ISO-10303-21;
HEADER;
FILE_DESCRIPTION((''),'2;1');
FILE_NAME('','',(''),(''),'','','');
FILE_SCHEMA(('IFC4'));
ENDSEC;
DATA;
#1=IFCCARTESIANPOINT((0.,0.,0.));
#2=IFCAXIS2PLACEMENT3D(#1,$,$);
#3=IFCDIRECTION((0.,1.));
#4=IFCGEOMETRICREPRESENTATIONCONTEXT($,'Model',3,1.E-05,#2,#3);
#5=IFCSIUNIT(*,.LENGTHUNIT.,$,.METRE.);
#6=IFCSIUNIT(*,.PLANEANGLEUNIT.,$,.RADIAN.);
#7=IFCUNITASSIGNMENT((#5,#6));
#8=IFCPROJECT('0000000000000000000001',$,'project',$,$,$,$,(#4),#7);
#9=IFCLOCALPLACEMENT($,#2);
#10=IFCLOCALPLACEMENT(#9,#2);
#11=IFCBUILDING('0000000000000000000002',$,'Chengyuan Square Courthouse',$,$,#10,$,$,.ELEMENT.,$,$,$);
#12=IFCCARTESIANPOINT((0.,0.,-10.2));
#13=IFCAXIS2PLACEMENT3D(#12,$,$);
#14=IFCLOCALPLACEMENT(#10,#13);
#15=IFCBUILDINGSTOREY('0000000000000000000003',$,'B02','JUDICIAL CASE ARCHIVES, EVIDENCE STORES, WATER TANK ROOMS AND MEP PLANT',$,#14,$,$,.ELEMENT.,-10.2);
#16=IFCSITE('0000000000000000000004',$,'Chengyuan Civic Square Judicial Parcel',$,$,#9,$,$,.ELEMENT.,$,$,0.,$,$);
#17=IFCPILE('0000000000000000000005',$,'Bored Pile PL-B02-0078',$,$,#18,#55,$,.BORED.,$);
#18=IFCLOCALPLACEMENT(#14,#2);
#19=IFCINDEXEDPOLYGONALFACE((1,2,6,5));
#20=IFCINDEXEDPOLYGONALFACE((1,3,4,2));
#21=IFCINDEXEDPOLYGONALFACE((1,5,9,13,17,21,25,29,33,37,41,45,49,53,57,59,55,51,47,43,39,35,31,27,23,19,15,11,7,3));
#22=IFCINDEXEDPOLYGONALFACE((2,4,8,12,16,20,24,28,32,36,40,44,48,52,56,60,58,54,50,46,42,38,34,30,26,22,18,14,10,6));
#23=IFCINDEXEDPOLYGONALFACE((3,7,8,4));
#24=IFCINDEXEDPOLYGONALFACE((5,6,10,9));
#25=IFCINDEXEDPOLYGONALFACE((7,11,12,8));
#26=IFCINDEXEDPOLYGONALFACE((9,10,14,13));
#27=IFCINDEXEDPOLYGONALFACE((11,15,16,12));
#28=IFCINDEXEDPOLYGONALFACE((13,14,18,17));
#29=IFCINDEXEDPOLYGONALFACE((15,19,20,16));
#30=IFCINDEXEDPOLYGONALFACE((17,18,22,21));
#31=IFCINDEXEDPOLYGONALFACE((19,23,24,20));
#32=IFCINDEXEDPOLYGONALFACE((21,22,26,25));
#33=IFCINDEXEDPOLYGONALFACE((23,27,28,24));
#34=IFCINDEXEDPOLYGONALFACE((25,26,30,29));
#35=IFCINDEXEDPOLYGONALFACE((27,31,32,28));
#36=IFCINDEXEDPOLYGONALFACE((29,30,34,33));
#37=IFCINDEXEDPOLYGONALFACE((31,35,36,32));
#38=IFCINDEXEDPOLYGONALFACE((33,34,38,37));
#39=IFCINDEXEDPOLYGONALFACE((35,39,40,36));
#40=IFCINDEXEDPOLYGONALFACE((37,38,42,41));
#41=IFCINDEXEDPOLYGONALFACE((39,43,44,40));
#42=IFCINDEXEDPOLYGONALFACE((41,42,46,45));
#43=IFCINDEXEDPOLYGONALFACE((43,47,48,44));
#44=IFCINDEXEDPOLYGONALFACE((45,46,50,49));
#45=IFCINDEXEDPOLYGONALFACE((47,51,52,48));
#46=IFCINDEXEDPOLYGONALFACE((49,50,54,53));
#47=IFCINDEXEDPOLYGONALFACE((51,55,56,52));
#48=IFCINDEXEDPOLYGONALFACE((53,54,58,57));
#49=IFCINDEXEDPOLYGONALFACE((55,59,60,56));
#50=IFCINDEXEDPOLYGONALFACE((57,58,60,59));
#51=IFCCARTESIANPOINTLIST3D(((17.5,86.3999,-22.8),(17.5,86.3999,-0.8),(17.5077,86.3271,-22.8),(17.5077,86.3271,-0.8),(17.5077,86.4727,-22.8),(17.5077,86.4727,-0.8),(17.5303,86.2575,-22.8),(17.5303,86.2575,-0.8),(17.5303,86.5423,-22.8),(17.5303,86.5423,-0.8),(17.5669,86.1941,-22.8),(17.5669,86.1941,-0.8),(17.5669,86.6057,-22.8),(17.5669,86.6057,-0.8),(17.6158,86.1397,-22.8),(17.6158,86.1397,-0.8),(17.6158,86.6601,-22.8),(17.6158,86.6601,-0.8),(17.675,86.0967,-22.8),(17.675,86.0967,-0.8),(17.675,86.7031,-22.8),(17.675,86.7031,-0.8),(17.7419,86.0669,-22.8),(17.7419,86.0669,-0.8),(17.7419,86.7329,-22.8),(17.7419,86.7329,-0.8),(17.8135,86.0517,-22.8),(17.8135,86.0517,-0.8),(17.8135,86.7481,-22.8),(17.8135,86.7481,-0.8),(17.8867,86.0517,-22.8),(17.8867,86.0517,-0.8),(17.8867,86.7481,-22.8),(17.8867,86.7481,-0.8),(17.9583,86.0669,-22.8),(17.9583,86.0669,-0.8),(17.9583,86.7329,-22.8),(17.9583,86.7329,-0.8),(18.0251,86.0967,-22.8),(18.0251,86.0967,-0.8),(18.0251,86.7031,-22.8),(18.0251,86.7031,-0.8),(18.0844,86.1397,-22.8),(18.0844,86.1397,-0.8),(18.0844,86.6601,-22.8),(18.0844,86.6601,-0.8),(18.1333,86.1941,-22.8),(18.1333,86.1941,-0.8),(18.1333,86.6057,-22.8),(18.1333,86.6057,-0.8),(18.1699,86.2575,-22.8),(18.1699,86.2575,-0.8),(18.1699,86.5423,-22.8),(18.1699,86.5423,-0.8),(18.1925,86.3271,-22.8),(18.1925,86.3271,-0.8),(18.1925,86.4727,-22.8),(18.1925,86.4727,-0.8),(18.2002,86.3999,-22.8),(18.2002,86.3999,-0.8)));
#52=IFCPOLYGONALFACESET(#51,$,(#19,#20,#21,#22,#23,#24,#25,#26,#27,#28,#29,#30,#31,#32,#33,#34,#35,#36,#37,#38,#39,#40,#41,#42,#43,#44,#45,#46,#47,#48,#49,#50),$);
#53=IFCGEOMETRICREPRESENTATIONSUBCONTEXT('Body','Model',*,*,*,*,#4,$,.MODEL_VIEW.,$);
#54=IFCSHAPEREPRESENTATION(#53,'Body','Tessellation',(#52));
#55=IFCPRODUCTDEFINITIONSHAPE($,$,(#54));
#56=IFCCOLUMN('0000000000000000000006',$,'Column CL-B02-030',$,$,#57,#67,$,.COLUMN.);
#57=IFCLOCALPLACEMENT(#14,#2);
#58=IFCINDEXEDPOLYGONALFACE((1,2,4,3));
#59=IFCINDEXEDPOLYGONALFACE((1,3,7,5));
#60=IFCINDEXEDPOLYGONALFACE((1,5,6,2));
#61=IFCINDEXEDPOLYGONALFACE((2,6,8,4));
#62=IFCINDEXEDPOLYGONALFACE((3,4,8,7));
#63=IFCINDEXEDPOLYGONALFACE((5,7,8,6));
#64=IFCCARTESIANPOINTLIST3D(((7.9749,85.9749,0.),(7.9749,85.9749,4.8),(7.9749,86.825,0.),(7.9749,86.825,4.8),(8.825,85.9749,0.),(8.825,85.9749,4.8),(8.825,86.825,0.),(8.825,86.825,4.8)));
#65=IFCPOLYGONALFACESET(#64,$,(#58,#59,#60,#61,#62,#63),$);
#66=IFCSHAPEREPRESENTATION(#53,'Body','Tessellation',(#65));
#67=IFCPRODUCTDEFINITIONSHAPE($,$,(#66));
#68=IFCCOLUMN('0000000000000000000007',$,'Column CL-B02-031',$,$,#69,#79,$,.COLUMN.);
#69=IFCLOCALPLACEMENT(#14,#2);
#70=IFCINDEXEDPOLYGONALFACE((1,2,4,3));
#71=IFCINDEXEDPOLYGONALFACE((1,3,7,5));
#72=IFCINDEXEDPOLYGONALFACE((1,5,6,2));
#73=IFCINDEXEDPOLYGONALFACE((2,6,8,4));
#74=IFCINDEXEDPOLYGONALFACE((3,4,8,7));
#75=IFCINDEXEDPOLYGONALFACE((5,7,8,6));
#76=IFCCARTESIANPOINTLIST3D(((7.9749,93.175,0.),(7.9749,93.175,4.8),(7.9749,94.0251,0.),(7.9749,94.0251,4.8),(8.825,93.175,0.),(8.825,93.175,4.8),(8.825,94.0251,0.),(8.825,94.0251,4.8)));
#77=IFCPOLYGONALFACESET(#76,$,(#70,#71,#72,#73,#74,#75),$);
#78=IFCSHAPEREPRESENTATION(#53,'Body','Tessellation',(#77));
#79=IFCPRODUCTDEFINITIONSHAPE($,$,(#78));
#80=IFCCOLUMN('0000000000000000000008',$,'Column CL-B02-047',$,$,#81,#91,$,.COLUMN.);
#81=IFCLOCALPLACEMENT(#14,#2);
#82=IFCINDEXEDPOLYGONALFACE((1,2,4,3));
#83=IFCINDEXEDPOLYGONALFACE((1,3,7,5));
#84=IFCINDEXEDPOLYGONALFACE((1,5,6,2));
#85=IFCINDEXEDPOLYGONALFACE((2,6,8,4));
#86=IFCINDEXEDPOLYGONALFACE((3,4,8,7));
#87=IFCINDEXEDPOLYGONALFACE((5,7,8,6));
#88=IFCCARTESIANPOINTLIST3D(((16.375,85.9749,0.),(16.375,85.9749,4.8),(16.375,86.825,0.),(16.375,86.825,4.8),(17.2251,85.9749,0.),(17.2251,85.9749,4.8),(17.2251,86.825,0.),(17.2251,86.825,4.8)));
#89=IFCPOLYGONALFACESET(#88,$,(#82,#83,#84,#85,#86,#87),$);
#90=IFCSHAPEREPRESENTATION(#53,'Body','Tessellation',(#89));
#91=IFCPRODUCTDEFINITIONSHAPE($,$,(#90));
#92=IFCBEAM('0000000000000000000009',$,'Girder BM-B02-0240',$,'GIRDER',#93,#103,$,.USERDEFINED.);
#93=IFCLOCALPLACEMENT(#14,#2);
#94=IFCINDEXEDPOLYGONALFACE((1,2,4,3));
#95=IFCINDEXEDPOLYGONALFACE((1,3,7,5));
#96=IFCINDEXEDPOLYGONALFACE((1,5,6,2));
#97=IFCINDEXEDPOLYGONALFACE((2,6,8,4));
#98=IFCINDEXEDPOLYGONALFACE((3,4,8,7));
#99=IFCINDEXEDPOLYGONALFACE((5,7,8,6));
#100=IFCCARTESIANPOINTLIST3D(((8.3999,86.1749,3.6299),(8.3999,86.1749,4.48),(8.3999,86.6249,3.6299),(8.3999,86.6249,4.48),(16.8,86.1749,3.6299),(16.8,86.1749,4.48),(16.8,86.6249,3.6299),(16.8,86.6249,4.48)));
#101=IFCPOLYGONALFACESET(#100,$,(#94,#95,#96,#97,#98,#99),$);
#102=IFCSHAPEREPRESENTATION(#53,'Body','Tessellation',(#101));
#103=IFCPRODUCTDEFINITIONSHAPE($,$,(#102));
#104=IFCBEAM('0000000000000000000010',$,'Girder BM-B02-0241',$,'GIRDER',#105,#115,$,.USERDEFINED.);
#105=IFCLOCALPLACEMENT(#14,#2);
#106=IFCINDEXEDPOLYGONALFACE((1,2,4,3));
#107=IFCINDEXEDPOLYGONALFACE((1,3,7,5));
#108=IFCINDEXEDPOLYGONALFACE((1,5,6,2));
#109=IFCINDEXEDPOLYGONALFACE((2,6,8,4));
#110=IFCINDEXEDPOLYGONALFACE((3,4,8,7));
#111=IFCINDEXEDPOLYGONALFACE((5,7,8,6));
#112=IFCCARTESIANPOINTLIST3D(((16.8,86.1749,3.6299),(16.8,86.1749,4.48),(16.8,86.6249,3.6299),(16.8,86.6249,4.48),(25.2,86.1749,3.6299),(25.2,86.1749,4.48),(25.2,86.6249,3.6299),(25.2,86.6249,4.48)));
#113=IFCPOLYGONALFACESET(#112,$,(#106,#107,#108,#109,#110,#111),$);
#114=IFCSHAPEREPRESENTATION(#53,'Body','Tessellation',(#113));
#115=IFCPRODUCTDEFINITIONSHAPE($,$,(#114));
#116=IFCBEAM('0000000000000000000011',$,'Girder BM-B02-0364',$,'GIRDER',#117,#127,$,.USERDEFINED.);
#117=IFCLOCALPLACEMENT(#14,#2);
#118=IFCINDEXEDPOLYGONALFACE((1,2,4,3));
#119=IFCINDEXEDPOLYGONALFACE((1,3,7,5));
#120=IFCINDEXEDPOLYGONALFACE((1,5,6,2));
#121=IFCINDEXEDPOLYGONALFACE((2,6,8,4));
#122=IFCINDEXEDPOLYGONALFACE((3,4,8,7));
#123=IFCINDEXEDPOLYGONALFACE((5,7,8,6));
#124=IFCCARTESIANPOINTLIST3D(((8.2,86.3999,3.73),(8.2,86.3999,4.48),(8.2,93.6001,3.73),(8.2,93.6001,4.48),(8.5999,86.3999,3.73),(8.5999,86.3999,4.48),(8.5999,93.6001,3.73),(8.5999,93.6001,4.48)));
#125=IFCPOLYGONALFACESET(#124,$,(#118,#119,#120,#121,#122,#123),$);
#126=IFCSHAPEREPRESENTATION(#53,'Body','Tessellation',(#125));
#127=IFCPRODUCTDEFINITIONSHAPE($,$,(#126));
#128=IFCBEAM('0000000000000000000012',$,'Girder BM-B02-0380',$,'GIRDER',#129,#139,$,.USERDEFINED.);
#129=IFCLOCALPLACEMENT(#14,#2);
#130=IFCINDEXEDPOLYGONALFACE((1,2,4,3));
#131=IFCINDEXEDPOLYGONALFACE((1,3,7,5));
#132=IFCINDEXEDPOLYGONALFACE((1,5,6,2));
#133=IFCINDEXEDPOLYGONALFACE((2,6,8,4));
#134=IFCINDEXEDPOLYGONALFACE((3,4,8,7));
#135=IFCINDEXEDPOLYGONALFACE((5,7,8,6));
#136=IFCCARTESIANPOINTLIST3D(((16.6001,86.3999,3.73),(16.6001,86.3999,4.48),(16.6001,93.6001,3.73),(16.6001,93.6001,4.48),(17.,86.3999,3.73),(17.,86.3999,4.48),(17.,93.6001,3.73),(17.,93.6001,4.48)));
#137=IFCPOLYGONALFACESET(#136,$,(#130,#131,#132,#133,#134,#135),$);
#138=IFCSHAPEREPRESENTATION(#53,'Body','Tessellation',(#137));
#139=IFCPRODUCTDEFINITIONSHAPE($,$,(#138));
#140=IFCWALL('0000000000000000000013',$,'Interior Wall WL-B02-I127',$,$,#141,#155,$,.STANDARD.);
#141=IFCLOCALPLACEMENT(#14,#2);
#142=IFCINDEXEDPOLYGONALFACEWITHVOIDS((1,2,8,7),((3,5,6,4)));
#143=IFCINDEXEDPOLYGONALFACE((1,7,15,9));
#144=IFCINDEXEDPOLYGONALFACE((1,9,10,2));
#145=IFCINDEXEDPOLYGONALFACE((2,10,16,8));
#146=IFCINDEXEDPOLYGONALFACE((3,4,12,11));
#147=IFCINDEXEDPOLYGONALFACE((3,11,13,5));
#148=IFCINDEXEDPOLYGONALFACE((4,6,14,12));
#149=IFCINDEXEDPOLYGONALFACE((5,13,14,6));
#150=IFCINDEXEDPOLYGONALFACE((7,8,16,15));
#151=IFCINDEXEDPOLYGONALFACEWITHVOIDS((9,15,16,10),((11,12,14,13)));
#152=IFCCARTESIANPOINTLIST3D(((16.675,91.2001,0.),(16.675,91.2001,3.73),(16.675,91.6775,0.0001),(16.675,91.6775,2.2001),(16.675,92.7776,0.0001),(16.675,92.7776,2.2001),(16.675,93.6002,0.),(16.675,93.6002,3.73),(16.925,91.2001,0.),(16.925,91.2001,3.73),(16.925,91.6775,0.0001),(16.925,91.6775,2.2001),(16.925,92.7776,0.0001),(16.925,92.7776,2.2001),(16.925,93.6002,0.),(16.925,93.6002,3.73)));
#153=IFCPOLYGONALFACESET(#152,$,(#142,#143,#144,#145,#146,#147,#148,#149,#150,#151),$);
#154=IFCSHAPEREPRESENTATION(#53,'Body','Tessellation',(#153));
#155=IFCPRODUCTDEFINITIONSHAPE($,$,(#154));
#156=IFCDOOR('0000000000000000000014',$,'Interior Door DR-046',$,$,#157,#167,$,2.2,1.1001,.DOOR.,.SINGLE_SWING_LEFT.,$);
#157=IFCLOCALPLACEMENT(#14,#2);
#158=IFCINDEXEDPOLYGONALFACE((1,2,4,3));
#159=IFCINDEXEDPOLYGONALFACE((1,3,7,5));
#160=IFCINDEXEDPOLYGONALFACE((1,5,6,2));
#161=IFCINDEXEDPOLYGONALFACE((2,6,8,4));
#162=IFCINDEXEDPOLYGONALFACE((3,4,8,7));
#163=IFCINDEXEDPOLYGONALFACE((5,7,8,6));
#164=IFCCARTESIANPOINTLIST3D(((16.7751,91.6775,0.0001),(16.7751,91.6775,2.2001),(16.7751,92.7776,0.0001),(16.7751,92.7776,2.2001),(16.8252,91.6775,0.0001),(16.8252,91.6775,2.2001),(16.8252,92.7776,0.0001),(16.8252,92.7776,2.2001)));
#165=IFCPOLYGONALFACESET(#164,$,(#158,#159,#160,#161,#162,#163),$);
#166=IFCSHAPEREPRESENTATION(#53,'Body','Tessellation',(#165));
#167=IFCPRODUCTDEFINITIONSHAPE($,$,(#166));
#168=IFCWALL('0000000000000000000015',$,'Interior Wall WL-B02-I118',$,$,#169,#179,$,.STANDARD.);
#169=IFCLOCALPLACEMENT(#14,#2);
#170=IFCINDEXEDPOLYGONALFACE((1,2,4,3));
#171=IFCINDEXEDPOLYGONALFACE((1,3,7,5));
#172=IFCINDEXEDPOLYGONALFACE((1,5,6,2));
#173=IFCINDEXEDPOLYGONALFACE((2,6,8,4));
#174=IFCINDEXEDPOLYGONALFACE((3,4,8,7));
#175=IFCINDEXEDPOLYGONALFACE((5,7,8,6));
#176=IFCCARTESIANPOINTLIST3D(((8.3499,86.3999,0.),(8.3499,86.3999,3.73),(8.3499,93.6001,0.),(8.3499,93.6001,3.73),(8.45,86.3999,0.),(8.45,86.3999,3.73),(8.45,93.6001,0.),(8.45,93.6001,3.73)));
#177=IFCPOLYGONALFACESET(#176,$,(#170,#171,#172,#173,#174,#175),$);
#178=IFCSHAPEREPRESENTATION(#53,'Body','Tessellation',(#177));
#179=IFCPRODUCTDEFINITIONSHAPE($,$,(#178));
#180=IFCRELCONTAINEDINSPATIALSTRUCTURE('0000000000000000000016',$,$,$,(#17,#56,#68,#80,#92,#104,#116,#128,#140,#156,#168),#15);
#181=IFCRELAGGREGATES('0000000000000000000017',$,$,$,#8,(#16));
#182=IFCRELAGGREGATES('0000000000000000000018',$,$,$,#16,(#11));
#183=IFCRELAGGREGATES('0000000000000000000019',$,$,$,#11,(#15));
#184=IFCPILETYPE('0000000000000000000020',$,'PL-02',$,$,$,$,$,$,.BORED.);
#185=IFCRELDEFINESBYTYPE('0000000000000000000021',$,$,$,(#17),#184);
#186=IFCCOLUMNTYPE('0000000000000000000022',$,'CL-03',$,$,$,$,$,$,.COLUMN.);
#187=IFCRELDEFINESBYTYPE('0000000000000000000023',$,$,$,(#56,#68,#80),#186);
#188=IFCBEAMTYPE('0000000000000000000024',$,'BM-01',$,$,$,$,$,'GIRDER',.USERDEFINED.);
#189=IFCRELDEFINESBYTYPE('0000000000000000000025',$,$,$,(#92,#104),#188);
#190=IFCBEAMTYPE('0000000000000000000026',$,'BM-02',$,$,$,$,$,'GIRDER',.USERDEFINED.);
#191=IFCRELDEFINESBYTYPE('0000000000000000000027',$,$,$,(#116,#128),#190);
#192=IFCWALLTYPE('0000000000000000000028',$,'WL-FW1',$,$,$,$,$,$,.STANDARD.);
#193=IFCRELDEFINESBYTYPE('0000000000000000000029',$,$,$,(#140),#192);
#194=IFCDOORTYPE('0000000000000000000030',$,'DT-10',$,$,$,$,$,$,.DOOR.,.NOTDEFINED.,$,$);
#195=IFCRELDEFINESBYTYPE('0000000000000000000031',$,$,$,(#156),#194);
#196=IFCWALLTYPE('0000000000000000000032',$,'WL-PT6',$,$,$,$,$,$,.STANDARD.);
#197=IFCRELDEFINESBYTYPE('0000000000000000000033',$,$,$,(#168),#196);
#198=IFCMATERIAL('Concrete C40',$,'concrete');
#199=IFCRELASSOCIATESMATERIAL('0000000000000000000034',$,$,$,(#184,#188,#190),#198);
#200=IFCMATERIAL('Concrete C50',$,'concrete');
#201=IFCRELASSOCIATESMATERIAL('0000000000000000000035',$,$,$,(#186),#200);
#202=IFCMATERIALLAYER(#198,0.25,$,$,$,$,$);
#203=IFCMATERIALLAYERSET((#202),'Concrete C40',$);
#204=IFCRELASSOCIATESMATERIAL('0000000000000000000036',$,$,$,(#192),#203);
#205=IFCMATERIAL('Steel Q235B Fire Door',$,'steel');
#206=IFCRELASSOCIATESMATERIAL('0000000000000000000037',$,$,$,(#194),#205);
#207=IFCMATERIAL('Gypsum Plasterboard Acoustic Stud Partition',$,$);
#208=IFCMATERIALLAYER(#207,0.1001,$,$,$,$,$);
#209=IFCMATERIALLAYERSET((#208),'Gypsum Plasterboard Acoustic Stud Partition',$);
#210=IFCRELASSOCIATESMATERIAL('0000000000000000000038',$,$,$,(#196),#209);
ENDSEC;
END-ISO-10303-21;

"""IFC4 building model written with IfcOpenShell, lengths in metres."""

from ifc_helpers import new_model, si_unit, direction, frame, frame_2d, origin, origin_2d, place, context, subcontext, project, spatial, rectangle, circle, extrude, material, layer, layer_set, material_profile, profile_set, type_object, element, fill, save


model = new_model("IFC4")

# Units and contexts
model_context = context("Model", 3, precision=1e-05, world=origin(), true_north=direction((0.0, 1.0)))
body_context = subcontext(model_context, "Body", "Model", "MODEL_VIEW")
ifc_project = project(units=[si_unit("LENGTHUNIT", "METRE"), si_unit("PLANEANGLEUNIT", "RADIAN")], contexts=[model_context])

# Site, building, storey
site_placement = place(None, origin())
site = spatial("IfcSite", under=ifc_project, at=site_placement, Name="Chengyuan Civic Square Judicial Parcel", CompositionType="ELEMENT", RefElevation=0.0)
building_placement = place(site_placement, origin())
building = spatial("IfcBuilding", under=site, at=building_placement, Name="Chengyuan Square Courthouse", CompositionType="ELEMENT")
storey_placement = place(building_placement, frame((0.0, 0.0, -10.2)))
storey = spatial("IfcBuildingStorey", under=building, at=storey_placement, Name="B02", Description="JUDICIAL CASE ARCHIVES, EVIDENCE STORES, WATER TANK ROOMS AND MEP PLANT", CompositionType="ELEMENT", Elevation=-10.2)

# Shared definitions
ifc_material_1 = material(Name="Concrete C40", Category="concrete")

# Pile
ifc_material_profile_1 = material_profile(ifc_material_1, circle(Radius=0.3501, at=origin_2d()), Name="BORED PILE D700")
ifc_profile_set_1 = profile_set([ifc_material_profile_1], Name="Concrete C40")
pile_type = type_object("IfcPileType", Name="PL-02", PredefinedType="BORED", material=ifc_profile_set_1)
for number, where, z_axis, x_axis, name in (
    (1, (17.8501, 86.3999, -0.8), (0.0, 0.0, -1.0), (1.0, 0.0, 0.0), "Bored Pile PL-B02-0078"),
):
    element("IfcPile", number, at=place(storey_placement, frame(where, z_axis=z_axis, x_axis=x_axis)), inside=storey, type_object=pile_type, Name=name, PredefinedType="BORED", context=body_context, shape_type="SweptSolid", body=[
        extrude(circle(Radius=0.3501, at=origin_2d()), origin(), (0.0, 0.0, 1.0), 22.0),
    ])

# Columns
ifc_material_2 = material(Name="Concrete C50", Category="concrete")
ifc_material_profile_2 = material_profile(ifc_material_2, rectangle(XDim=0.8501, YDim=0.8501, at=origin_2d()), Name="RC-COL-850x850")
ifc_profile_set_2 = profile_set([ifc_material_profile_2], Name="Concrete C50")
column_type = type_object("IfcColumnType", Name="CL-03", PredefinedType="COLUMN", material=ifc_profile_set_2)
for number, where, z_axis, x_axis, name in (
    (2, (8.3999, 86.3999, 0.0), (0.0, 0.0, 1.0), (1.0, 0.0, 0.0), "Column CL-B02-030"),
    (3, (8.3999, 93.6001, 0.0), (0.0, 0.0, 1.0), (1.0, 0.0, 0.0), "Column CL-B02-031"),
    (4, (16.8, 86.3999, 0.0), (0.0, 0.0, 1.0), (1.0, 0.0, 0.0), "Column CL-B02-047"),
):
    element("IfcColumn", number, at=place(storey_placement, frame(where, z_axis=z_axis, x_axis=x_axis)), inside=storey, type_object=column_type, Name=name, PredefinedType="COLUMN", context=body_context, shape_type="SweptSolid", body=[
        extrude(rectangle(XDim=0.8501, YDim=0.8501, at=origin_2d()), origin(), (0.0, 0.0, 1.0), 4.8),
    ])

# Beams
ifc_material_profile_3 = material_profile(ifc_material_1, rectangle(XDim=0.45, YDim=0.8501, at=origin_2d()), Name="RC-BM-450x850")
ifc_profile_set_3 = profile_set([ifc_material_profile_3], Name="Concrete C40")
beam_type_1 = type_object("IfcBeamType", Name="BM-01", ElementType="GIRDER", PredefinedType="USERDEFINED", material=ifc_profile_set_3)
beam_1_placement = place(storey_placement, frame((8.3999, 86.3999, 4.0549), z_axis=(1.0, 0.0, 0.0), x_axis=(0.0, 1.0, 0.0)))
element("IfcBeam", 5, at=beam_1_placement, inside=storey, type_object=beam_type_1, Name="Girder BM-B02-0240", ObjectType="GIRDER", PredefinedType="USERDEFINED", context=body_context, shape_type="SweptSolid", body=[
    extrude(rectangle(XDim=0.45, YDim=0.8501, at=origin_2d()), origin(), (0.0, 0.0, 1.0), 8.4001),
])
beam_2_placement = place(storey_placement, frame((16.8, 86.3999, 4.0549), z_axis=(1.0, 0.0, 0.0), x_axis=(0.0, 1.0, 0.0)))
element("IfcBeam", 6, at=beam_2_placement, inside=storey, type_object=beam_type_1, Name="Girder BM-B02-0241", ObjectType="GIRDER", PredefinedType="USERDEFINED", context=body_context, shape_type="SweptSolid", body=[
    extrude(rectangle(XDim=0.45, YDim=0.8501, at=origin_2d()), origin(), (0.0, 0.0, 1.0), 8.3999),
])
ifc_material_profile_4 = material_profile(ifc_material_1, rectangle(XDim=0.3999, YDim=0.75, at=origin_2d()), Name="RC-BM-400x750")
ifc_profile_set_4 = profile_set([ifc_material_profile_4], Name="Concrete C40")
beam_type_2 = type_object("IfcBeamType", Name="BM-02", ElementType="GIRDER", PredefinedType="USERDEFINED", material=ifc_profile_set_4)
for number, where, z_axis, x_axis, name in (
    (7, (8.3999, 86.3999, 4.105), (0.0, 1.0, 0.0), (-1.0, 0.0, 0.0), "Girder BM-B02-0364"),
    (8, (16.8, 86.3999, 4.105), (0.0, 1.0, 0.0), (-1.0, 0.0, 0.0), "Girder BM-B02-0380"),
):
    element("IfcBeam", number, at=place(storey_placement, frame(where, z_axis=z_axis, x_axis=x_axis)), inside=storey, type_object=beam_type_2, Name=name, ObjectType="GIRDER", PredefinedType="USERDEFINED", context=body_context, shape_type="SweptSolid", body=[
        extrude(rectangle(XDim=0.3999, YDim=0.75, at=origin_2d()), origin(), (0.0, 0.0, 1.0), 7.2002),
    ])

# Wall, opening, door
ifc_layer_1 = layer(ifc_material_1, 0.25)
ifc_layer_set_1 = layer_set([ifc_layer_1], Name="Concrete C40")
wall_type_1 = type_object("IfcWallType", Name="WL-FW1", PredefinedType="STANDARD", material=ifc_layer_set_1)
wall_1_placement = place(storey_placement, frame((16.8, 91.2, 0.0), z_axis=(0.0, 0.0, 1.0), x_axis=(0.0, 1.0, 0.0)))
wall_1 = element("IfcWall", 9, at=wall_1_placement, inside=storey, type_object=wall_type_1, Name="Interior Wall WL-B02-I127", PredefinedType="STANDARD", context=body_context, shape_type="SweptSolid", body=[
    extrude(rectangle(XDim=2.4001, YDim=0.25, at=frame_2d((1.2002, 0.0))), origin(), (0.0, 0.0, 1.0), 3.73),
])
opening_1_placement = place(wall_1_placement, frame((0.4775, 0.0, 0.0)))
opening_1 = element("IfcOpeningElement", 10, at=opening_1_placement, cuts=wall_1, PredefinedType="OPENING", context=body_context, shape_type="SweptSolid", body=[
    extrude(rectangle(XDim=1.1001, YDim=2.2, at=frame_2d((0.55, 1.1001))), frame((0.0, 0.137, 0.0), z_axis=(0.0, -1.0, 0.0), x_axis=(1.0, 0.0, 0.0)), (0.0, 0.0, 1.0), 0.2739),
])
ifc_material_3 = material(Name="Steel Q235B Fire Door", Category="steel")
door_type = type_object("IfcDoorType", Name="DT-10", OperationType="NOTDEFINED", PredefinedType="DOOR", material=ifc_material_3)
door_1_placement = place(opening_1_placement, origin())
door_1 = element("IfcDoor", 11, at=door_1_placement, inside=storey, type_object=door_type, Name="Interior Door DR-046", OperationType="SINGLE_SWING_LEFT", OverallHeight=2.2, OverallWidth=1.1001, PredefinedType="DOOR", context=body_context, shape_type="SweptSolid", body=[
    extrude(rectangle(XDim=1.1001, YDim=2.2, at=frame_2d((0.55, 1.1001))), frame((0.0, 0.0249, 0.0), z_axis=(0.0, -1.0, 0.0), x_axis=(1.0, 0.0, 0.0)), (0.0, 0.0, 1.0), 0.05),
])
fill(opening_1, door_1)

# Wall
ifc_material_4 = material(Name="Gypsum Plasterboard Acoustic Stud Partition")
ifc_layer_2 = layer(ifc_material_4, 0.1001)
ifc_layer_set_2 = layer_set([ifc_layer_2], Name="Gypsum Plasterboard Acoustic Stud Partition")
wall_type_2 = type_object("IfcWallType", Name="WL-PT6", PredefinedType="STANDARD", material=ifc_layer_set_2)
wall_2_placement = place(storey_placement, frame((8.3999, 86.3999, 0.0), z_axis=(0.0, 0.0, 1.0), x_axis=(0.0, 1.0, 0.0)))
element("IfcWall", 12, at=wall_2_placement, inside=storey, type_object=wall_type_2, Name="Interior Wall WL-B02-I118", PredefinedType="STANDARD", context=body_context, shape_type="SweptSolid", body=[
    extrude(rectangle(XDim=7.2002, YDim=0.1001, at=frame_2d((3.6001, 0.0))), origin(), (0.0, 0.0, 1.0), 3.73),
])

save(model, "model.ifc")
